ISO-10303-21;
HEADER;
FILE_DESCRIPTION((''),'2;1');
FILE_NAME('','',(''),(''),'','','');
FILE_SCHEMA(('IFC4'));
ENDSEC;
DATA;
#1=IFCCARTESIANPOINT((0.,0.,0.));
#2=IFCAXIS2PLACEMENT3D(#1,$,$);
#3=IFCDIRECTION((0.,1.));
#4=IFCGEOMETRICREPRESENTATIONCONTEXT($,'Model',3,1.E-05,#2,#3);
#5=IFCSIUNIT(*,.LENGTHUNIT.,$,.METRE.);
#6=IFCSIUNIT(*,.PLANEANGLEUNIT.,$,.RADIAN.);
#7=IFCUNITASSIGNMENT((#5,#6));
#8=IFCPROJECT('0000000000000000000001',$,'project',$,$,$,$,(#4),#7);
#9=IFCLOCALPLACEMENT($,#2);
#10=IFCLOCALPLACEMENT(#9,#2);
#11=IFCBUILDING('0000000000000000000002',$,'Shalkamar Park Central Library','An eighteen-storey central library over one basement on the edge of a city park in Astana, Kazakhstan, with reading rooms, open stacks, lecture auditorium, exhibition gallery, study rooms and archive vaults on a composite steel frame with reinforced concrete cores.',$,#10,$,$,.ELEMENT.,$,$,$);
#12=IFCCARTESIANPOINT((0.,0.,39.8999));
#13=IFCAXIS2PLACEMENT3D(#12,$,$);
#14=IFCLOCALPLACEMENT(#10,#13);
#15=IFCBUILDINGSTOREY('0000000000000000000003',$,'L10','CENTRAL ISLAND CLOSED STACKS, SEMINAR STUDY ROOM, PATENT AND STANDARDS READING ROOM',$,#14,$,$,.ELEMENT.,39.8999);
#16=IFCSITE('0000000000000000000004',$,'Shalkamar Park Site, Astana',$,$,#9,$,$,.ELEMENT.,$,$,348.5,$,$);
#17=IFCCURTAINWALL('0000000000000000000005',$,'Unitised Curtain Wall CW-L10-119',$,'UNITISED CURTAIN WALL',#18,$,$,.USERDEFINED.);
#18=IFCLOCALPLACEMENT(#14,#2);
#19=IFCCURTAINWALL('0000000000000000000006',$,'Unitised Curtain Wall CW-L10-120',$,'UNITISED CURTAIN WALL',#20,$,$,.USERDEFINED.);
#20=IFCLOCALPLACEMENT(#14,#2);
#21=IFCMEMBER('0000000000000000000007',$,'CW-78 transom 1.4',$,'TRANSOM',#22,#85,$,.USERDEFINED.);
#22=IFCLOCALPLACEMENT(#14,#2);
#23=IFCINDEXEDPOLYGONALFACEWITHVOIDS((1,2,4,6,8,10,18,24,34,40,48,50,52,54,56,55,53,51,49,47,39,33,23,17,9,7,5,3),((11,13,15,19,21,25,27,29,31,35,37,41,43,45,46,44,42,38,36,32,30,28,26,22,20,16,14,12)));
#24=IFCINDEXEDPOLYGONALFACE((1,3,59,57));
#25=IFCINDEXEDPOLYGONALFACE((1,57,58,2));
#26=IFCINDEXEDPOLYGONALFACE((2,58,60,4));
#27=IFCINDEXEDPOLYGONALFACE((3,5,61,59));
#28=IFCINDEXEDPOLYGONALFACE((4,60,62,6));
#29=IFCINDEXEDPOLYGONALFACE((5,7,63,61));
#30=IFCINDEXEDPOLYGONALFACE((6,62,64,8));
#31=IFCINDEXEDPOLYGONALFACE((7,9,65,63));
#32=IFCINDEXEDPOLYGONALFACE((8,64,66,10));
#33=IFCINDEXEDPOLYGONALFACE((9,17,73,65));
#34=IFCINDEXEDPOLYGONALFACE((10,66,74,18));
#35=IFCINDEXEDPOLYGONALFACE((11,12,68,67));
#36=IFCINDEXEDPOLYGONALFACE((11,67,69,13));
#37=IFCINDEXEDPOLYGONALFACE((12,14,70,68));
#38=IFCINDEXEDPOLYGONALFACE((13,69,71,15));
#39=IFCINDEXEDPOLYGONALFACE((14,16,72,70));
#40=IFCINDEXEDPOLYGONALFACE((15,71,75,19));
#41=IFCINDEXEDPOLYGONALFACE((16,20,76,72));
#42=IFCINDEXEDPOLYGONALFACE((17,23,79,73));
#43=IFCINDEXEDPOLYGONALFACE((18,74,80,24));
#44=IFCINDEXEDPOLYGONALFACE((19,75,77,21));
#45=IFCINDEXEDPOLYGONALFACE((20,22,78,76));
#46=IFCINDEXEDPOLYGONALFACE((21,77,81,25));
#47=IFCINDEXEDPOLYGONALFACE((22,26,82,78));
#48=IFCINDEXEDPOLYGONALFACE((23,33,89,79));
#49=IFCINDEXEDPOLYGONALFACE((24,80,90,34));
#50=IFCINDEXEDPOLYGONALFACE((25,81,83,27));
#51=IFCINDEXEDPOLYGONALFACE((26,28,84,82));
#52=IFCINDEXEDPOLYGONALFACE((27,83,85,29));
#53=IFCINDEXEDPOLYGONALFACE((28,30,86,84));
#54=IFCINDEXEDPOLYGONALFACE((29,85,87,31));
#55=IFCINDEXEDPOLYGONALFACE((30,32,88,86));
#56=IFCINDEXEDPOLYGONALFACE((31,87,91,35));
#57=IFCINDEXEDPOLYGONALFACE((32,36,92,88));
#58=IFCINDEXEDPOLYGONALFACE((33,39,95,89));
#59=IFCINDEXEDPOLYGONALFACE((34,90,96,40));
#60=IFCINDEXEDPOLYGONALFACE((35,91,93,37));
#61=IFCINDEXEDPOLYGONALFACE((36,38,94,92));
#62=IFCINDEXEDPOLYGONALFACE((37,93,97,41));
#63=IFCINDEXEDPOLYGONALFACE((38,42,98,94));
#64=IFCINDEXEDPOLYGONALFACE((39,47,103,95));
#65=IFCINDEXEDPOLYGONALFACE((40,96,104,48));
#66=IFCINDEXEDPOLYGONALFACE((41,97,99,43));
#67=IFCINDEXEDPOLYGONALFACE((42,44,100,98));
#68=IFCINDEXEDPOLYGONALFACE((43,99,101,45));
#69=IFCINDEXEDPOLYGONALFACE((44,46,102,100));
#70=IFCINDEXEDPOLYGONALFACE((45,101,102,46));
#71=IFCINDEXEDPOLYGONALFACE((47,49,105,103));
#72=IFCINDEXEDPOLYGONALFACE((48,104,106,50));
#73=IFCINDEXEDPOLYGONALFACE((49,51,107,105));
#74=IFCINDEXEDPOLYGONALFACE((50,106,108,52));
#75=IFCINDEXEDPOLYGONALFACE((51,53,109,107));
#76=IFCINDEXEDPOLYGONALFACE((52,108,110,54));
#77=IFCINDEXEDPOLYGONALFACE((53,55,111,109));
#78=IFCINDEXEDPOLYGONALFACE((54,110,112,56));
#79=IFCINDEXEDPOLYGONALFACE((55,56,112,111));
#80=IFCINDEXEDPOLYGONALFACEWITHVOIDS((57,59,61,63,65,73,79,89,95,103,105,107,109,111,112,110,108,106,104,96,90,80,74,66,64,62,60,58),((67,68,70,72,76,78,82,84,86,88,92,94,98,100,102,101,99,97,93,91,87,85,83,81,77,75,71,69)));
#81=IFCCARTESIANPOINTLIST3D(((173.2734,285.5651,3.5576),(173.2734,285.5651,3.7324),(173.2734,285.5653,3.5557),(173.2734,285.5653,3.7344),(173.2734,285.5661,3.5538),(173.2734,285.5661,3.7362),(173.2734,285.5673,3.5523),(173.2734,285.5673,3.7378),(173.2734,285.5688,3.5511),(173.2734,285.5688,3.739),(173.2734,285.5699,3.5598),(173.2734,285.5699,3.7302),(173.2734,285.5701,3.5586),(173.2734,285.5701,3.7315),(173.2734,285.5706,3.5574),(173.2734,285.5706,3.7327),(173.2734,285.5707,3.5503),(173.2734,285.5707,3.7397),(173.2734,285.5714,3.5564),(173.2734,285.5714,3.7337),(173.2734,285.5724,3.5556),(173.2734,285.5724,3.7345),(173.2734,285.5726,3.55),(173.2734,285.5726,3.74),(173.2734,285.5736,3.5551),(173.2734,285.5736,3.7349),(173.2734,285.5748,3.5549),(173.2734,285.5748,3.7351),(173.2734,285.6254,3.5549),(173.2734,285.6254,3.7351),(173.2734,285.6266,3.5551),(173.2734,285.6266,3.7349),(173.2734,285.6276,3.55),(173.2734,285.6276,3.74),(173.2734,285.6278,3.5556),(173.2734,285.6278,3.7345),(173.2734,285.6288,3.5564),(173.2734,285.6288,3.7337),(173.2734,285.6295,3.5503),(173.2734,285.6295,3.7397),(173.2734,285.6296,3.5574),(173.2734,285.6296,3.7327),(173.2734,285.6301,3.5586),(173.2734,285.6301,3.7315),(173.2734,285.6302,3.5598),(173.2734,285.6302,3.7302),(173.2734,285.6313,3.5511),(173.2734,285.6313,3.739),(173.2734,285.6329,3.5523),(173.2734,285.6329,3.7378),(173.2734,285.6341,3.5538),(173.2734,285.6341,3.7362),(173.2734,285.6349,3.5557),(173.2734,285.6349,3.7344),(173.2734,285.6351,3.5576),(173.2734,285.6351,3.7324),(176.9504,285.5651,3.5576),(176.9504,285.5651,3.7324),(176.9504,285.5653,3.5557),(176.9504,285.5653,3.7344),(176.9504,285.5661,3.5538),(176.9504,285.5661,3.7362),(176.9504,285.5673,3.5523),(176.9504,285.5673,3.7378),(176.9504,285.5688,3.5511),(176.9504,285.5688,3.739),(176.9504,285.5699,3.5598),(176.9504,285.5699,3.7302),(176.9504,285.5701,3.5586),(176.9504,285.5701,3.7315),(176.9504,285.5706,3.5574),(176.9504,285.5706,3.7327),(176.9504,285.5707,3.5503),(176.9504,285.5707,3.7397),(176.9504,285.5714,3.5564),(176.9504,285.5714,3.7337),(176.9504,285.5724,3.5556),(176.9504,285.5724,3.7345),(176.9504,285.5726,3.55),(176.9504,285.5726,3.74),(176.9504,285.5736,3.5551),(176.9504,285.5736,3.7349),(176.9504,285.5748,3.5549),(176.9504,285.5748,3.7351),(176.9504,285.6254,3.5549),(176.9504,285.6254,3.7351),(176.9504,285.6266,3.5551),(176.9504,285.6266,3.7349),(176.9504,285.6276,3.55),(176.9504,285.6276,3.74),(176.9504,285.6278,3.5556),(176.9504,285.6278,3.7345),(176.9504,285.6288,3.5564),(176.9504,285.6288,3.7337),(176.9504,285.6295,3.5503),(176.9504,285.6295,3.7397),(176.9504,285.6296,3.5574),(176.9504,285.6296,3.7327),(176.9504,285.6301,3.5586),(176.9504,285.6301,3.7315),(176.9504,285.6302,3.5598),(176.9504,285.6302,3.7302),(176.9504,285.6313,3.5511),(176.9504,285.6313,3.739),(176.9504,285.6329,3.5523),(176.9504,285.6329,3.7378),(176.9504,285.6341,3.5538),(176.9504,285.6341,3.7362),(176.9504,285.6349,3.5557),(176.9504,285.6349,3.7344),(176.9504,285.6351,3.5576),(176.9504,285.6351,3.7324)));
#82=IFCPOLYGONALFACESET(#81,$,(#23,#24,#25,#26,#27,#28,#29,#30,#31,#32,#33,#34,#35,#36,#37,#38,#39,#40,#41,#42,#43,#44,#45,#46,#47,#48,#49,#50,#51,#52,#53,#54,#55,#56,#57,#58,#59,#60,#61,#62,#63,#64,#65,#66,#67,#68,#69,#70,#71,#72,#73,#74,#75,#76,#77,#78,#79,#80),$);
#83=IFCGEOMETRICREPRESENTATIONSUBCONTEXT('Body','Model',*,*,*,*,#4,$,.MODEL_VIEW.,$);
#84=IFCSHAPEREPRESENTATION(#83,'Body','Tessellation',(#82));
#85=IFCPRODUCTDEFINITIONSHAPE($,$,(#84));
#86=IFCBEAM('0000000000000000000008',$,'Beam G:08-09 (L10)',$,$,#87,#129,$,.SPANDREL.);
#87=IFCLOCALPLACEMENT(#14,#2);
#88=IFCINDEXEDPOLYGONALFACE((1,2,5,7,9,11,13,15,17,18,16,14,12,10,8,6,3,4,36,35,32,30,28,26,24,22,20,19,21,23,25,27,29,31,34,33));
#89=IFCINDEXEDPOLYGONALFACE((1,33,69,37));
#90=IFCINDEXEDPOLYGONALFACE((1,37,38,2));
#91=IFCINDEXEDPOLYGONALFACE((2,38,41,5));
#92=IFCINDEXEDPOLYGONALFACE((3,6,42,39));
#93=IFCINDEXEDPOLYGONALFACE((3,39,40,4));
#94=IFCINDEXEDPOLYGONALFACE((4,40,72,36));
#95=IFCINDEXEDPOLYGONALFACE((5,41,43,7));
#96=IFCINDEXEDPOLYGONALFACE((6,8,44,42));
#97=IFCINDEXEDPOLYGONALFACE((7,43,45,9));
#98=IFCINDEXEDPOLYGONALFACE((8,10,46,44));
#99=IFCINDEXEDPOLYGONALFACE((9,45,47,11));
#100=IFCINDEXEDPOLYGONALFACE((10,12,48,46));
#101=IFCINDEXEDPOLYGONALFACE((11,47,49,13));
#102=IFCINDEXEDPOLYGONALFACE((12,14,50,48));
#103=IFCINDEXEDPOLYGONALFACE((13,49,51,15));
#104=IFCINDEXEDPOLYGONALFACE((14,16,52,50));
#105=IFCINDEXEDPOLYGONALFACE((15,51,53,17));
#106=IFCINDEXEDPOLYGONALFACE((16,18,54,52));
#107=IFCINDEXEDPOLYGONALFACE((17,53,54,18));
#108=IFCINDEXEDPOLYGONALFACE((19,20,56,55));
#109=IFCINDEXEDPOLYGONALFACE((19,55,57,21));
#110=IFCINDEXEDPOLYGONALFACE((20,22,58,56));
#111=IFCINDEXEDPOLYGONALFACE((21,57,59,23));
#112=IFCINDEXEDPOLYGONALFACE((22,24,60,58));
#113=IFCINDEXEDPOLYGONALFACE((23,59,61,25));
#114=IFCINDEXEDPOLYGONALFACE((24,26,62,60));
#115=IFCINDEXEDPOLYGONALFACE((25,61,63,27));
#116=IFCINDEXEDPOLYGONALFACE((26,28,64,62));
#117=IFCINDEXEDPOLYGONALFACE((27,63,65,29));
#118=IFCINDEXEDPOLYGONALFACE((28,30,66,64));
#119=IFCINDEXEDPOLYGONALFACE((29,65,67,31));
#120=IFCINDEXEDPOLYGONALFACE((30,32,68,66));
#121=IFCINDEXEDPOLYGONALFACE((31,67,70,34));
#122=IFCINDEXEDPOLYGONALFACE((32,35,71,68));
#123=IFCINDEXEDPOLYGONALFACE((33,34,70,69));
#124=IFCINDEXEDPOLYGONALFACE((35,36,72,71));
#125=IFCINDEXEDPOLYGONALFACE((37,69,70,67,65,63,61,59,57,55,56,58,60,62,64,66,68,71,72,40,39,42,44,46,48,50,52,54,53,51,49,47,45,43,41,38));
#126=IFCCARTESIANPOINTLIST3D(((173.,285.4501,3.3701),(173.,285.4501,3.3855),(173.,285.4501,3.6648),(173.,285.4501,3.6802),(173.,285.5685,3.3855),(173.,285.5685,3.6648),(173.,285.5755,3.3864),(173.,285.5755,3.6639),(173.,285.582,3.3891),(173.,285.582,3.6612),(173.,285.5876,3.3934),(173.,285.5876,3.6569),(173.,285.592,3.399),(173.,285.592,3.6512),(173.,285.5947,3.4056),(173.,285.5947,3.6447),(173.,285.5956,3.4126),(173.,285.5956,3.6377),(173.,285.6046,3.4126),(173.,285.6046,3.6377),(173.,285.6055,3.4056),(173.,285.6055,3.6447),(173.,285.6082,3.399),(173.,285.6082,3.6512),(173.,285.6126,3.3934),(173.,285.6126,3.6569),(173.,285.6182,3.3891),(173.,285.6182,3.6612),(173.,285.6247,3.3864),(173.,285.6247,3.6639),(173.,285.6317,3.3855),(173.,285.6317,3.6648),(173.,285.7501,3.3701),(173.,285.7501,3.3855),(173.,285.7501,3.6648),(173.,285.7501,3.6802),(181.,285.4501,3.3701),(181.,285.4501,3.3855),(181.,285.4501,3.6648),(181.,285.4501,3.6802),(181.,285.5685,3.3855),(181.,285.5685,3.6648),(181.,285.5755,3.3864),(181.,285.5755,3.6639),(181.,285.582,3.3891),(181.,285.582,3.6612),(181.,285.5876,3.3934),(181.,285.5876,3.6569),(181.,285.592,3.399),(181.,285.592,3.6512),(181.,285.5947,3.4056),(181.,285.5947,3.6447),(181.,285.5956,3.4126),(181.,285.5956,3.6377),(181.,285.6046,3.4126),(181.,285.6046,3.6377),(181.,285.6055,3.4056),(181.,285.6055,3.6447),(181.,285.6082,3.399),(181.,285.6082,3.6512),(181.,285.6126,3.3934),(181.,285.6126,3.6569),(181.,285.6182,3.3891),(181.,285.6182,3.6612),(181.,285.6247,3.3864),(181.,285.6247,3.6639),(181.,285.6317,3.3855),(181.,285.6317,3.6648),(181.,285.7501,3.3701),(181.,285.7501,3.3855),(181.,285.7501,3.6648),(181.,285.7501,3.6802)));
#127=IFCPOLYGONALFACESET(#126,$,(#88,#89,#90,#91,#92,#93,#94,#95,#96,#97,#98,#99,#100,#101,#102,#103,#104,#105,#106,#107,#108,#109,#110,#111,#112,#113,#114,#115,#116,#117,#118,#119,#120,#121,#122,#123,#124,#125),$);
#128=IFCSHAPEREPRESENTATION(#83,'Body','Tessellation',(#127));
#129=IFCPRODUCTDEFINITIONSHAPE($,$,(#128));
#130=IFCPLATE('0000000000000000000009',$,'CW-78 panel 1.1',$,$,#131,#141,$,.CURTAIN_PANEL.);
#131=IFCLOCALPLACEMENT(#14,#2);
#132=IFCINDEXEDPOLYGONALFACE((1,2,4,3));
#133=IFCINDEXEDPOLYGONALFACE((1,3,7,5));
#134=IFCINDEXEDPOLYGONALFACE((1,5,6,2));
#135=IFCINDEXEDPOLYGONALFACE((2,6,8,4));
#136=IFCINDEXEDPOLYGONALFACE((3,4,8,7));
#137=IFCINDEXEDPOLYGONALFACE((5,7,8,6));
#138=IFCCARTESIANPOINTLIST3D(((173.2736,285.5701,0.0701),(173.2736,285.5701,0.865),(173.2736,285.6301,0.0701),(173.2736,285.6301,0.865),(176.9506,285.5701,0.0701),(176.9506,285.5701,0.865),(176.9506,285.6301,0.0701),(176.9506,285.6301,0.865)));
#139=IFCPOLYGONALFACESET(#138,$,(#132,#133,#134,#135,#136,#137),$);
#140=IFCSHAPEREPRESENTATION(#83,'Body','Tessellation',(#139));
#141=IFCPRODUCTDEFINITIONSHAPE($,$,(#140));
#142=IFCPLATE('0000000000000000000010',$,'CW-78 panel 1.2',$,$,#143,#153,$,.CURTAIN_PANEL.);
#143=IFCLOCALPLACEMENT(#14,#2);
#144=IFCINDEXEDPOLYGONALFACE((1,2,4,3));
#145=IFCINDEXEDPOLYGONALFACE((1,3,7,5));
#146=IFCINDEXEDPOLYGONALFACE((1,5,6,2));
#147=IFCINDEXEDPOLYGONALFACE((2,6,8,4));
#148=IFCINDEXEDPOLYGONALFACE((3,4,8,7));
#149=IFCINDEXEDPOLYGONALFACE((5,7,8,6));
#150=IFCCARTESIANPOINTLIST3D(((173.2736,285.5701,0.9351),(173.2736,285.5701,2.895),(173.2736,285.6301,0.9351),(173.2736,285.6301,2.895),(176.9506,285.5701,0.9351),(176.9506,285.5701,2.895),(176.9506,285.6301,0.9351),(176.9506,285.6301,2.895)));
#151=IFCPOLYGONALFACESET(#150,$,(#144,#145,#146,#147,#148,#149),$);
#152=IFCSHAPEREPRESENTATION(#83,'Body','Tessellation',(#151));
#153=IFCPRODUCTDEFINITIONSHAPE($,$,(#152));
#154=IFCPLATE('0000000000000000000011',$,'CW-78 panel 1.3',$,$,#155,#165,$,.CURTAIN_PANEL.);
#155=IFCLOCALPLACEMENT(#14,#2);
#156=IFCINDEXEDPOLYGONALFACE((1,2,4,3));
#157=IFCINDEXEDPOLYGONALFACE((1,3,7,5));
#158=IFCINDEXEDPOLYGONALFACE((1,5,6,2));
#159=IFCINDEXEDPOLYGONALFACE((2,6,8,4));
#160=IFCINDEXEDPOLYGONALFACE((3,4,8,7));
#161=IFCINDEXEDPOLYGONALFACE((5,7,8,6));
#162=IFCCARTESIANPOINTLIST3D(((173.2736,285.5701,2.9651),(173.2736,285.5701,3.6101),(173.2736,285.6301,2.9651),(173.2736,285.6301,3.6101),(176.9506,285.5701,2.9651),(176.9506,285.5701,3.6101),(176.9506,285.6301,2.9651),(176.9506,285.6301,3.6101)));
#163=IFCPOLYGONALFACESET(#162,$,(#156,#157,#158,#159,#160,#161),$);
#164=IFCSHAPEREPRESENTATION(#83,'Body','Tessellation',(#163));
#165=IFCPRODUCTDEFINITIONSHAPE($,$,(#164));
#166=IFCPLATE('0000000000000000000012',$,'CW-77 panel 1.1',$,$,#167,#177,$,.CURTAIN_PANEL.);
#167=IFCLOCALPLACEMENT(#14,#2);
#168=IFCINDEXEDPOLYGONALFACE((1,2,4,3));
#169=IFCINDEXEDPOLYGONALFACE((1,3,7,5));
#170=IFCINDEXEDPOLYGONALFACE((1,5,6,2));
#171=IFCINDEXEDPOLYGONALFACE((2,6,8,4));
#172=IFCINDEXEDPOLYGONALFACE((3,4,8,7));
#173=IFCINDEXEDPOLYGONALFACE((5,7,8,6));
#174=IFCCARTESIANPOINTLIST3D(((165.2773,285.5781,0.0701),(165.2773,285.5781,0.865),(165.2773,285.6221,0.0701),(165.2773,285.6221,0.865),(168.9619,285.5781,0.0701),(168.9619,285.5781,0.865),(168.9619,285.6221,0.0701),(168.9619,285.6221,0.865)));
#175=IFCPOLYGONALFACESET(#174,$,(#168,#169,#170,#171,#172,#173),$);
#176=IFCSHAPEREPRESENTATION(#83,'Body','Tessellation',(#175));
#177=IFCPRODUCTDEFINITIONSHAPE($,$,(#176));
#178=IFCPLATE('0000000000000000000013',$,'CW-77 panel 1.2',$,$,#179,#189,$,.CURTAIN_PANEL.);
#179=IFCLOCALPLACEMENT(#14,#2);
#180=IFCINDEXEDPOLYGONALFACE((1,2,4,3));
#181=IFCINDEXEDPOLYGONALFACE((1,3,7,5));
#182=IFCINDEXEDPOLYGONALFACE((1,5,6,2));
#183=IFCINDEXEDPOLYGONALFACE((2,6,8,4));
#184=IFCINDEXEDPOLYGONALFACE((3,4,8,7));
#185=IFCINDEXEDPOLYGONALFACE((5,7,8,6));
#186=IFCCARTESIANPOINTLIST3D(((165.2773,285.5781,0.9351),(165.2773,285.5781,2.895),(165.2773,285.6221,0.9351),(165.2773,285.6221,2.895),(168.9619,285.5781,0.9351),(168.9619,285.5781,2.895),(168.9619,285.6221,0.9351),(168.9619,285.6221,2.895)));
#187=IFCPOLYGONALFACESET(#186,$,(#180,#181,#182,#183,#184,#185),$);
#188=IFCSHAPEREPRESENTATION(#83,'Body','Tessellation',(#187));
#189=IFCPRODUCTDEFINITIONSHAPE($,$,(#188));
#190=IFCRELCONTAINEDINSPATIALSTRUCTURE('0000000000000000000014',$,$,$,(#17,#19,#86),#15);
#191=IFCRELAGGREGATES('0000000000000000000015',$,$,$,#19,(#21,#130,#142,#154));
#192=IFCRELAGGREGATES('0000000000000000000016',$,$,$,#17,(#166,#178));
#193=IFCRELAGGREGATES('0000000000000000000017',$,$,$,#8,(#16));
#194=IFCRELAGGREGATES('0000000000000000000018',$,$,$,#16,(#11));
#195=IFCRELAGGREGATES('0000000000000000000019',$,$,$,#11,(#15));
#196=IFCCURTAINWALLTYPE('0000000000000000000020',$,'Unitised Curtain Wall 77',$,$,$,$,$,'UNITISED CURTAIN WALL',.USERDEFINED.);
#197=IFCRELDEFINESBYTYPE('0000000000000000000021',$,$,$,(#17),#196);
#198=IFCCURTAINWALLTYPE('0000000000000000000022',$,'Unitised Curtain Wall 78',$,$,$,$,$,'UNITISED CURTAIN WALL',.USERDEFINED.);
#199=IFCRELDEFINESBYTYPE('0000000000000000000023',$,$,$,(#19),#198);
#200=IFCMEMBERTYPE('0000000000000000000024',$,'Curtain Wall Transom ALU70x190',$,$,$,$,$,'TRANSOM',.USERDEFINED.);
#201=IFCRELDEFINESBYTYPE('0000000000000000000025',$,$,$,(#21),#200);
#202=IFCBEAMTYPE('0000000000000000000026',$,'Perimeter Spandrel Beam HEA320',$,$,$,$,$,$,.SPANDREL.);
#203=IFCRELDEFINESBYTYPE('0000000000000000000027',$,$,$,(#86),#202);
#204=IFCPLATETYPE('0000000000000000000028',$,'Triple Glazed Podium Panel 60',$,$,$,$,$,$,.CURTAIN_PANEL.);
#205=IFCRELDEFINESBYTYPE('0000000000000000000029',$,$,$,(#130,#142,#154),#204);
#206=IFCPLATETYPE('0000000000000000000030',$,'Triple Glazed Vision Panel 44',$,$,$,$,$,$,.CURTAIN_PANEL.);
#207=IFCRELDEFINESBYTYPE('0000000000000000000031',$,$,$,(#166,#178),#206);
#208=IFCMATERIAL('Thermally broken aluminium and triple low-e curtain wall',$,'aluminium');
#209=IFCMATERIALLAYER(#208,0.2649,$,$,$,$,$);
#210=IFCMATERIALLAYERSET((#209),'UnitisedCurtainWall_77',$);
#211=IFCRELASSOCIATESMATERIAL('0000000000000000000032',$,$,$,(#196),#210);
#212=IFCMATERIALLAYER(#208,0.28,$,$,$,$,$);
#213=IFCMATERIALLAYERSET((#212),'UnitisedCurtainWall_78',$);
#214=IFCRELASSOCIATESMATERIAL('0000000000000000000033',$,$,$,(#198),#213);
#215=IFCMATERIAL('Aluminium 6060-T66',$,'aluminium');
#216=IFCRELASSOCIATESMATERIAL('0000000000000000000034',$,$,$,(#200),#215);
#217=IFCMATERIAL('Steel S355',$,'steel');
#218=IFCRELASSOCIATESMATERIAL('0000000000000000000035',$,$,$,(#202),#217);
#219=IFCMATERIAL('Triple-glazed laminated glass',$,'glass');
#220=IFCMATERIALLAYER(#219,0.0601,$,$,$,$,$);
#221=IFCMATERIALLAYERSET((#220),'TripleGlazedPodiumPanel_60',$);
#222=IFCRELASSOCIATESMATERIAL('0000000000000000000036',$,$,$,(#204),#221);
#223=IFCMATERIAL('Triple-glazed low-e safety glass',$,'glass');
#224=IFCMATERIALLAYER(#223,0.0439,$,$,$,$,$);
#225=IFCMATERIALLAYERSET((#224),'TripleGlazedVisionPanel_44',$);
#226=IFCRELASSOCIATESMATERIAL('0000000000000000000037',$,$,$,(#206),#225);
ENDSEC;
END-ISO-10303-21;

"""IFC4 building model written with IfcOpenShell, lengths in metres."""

from ifc_helpers import new_model, si_unit, direction, frame, origin, origin_2d, place, context, subcontext, project, spatial, rectangle, hollow_rectangle, i_section, extrude, material, layer, layer_set, material_profile, profile_set, type_object, element, aggregate, save


model = new_model("IFC4")

# Units and contexts
model_context = context("Model", 3, precision=1e-05, world=origin(), true_north=direction((0.0, 1.0)))
body_context = subcontext(model_context, "Body", "Model", "MODEL_VIEW")
ifc_project = project(units=[si_unit("LENGTHUNIT", "METRE"), si_unit("PLANEANGLEUNIT", "RADIAN")], contexts=[model_context])

# Site, building, storey
site_placement = place(None, origin())
site = spatial("IfcSite", under=ifc_project, at=site_placement, Name="Shalkamar Park Site, Astana", CompositionType="ELEMENT", RefElevation=348.5)
building_placement = place(site_placement, origin())
building = spatial("IfcBuilding", under=site, at=building_placement, Name="Shalkamar Park Central Library", Description="An eighteen-storey central library over one basement on the edge of a city park in Astana, Kazakhstan, with reading rooms, open stacks, lecture auditorium, exhibition gallery, study rooms and archive vaults on a composite steel frame with reinforced concrete cores.", CompositionType="ELEMENT")
storey_placement = place(building_placement, frame((0.0, 0.0, 39.8999)))
storey = spatial("IfcBuildingStorey", under=building, at=storey_placement, Name="L10", Description="CENTRAL ISLAND CLOSED STACKS, SEMINAR STUDY ROOM, PATENT AND STANDARDS READING ROOM", CompositionType="ELEMENT", Elevation=39.8999)

# Shared definitions
ifc_material_1 = material(Name="Steel S355", Category="steel")

# Curtain walls
ifc_material_2 = material(Name="Thermally broken aluminium and triple low-e curtain wall", Category="aluminium")
ifc_layer_1 = layer(ifc_material_2, 0.2649)
ifc_layer_set_1 = layer_set([ifc_layer_1], Name="UnitisedCurtainWall_77")
curtain_wall_type_1 = type_object("IfcCurtainWallType", Name="Unitised Curtain Wall 77", ElementType="UNITISED CURTAIN WALL", PredefinedType="USERDEFINED", material=ifc_layer_set_1)
curtain_wall_1_placement = place(storey_placement, origin())
curtain_wall_1 = element("IfcCurtainWall", 1, at=curtain_wall_1_placement, inside=storey, type_object=curtain_wall_type_1, Name="Unitised Curtain Wall CW-L10-119", ObjectType="UNITISED CURTAIN WALL", PredefinedType="USERDEFINED")
ifc_material_3 = material(Name="Aluminium 6060-T66", Category="aluminium")
ifc_layer_2 = layer(ifc_material_2, 0.28)
ifc_layer_set_2 = layer_set([ifc_layer_2], Name="UnitisedCurtainWall_78")
curtain_wall_type_2 = type_object("IfcCurtainWallType", Name="Unitised Curtain Wall 78", ElementType="UNITISED CURTAIN WALL", PredefinedType="USERDEFINED", material=ifc_layer_set_2)
curtain_wall_2_placement = place(storey_placement, origin())
curtain_wall_2 = element("IfcCurtainWall", 2, at=curtain_wall_2_placement, inside=storey, type_object=curtain_wall_type_2, Name="Unitised Curtain Wall CW-L10-120", ObjectType="UNITISED CURTAIN WALL", PredefinedType="USERDEFINED")

# Member
ifc_material_profile_1 = material_profile(ifc_material_3, hollow_rectangle(XDim=0.0701, YDim=0.1899, WallThickness=0.0049, InnerFilletRadius=0.0049, OuterFilletRadius=0.0076, at=origin_2d()), Name="ALU 70x190x5")
ifc_profile_set_1 = profile_set([ifc_material_profile_1], Name="Aluminium 6060-T66")
member_type_1 = type_object("IfcMemberType", Name="Curtain Wall Transom ALU70x190", ElementType="TRANSOM", PredefinedType="USERDEFINED", material=ifc_profile_set_1)
member_1_placement = place(storey_placement, frame((173.2734, 285.6001, 3.645), z_axis=(1.0, 0.0, 0.0), x_axis=(0.0, 1.0, 0.0)))
member_1 = element("IfcMember", 3, at=member_1_placement, type_object=member_type_1, Name="CW-78 transom 1.4", ObjectType="TRANSOM", PredefinedType="USERDEFINED", context=body_context, shape_type="SweptSolid", body=[
    extrude(hollow_rectangle(XDim=0.0701, YDim=0.1899, WallThickness=0.0049, InnerFilletRadius=0.0049, OuterFilletRadius=0.0076, at=origin_2d()), origin(), (0.0, 0.0, 1.0), 3.677),
])

# Beam
ifc_material_profile_2 = material_profile(ifc_material_1, i_section(OverallWidth=0.3, OverallDepth=0.3101, WebThickness=0.009, FlangeThickness=0.0154, FilletRadius=0.0271, at=origin_2d()), Name="HEA 320")
ifc_profile_set_2 = profile_set([ifc_material_profile_2], Name="Steel S355")
beam_type = type_object("IfcBeamType", Name="Perimeter Spandrel Beam HEA320", PredefinedType="SPANDREL", material=ifc_profile_set_2)
beam_placement = place(storey_placement, frame((173.0, 285.6001, 3.5251), z_axis=(1.0, 0.0, 0.0), x_axis=(0.0, 1.0, 0.0)))
element("IfcBeam", 4, at=beam_placement, inside=storey, type_object=beam_type, Name="Beam G:08-09 (L10)", PredefinedType="SPANDREL", context=body_context, shape_type="SweptSolid", body=[
    extrude(i_section(OverallWidth=0.3, OverallDepth=0.3101, WebThickness=0.009, FlangeThickness=0.0154, FilletRadius=0.0271, at=origin_2d()), origin(), (0.0, 0.0, 1.0), 8.0),
])

# Plates
ifc_material_4 = material(Name="Triple-glazed laminated glass", Category="glass")
ifc_layer_3 = layer(ifc_material_4, 0.0601)
ifc_layer_set_3 = layer_set([ifc_layer_3], Name="TripleGlazedPodiumPanel_60")
plate_type_1 = type_object("IfcPlateType", Name="Triple Glazed Podium Panel 60", PredefinedType="CURTAIN_PANEL", material=ifc_layer_set_3)
plate_1_placement = place(storey_placement, frame((175.1121, 285.6001, 0.0701), z_axis=(0.0, 0.0, 1.0), x_axis=(1.0, 0.0, 0.0)))
plate_1 = element("IfcPlate", 5, at=plate_1_placement, type_object=plate_type_1, Name="CW-78 panel 1.1", PredefinedType="CURTAIN_PANEL", context=body_context, shape_type="SweptSolid", body=[
    extrude(rectangle(XDim=3.677, YDim=0.0601, at=origin_2d()), origin(), (0.0, 0.0, 1.0), 0.7949),
])
plate_2_placement = place(storey_placement, frame((175.1121, 285.6001, 0.9351), z_axis=(0.0, 0.0, 1.0), x_axis=(1.0, 0.0, 0.0)))
plate_2 = element("IfcPlate", 6, at=plate_2_placement, type_object=plate_type_1, Name="CW-78 panel 1.2", PredefinedType="CURTAIN_PANEL", context=body_context, shape_type="SweptSolid", body=[
    extrude(rectangle(XDim=3.677, YDim=0.0601, at=origin_2d()), origin(), (0.0, 0.0, 1.0), 1.96),
])
plate_3_placement = place(storey_placement, frame((175.1121, 285.6001, 2.9651), z_axis=(0.0, 0.0, 1.0), x_axis=(1.0, 0.0, 0.0)))
plate_3 = element("IfcPlate", 7, at=plate_3_placement, type_object=plate_type_1, Name="CW-78 panel 1.3", PredefinedType="CURTAIN_PANEL", context=body_context, shape_type="SweptSolid", body=[
    extrude(rectangle(XDim=3.677, YDim=0.0601, at=origin_2d()), origin(), (0.0, 0.0, 1.0), 0.645),
])
aggregate(curtain_wall_2, [member_1, plate_1, plate_2, plate_3])
ifc_material_5 = material(Name="Triple-glazed low-e safety glass", Category="glass")
ifc_layer_4 = layer(ifc_material_5, 0.0439)
ifc_layer_set_4 = layer_set([ifc_layer_4], Name="TripleGlazedVisionPanel_44")
plate_type_2 = type_object("IfcPlateType", Name="Triple Glazed Vision Panel 44", PredefinedType="CURTAIN_PANEL", material=ifc_layer_set_4)
plate_4_placement = place(storey_placement, frame((167.1196, 285.6001, 0.0701), z_axis=(0.0, 0.0, 1.0), x_axis=(1.0, 0.0, 0.0)))
plate_4 = element("IfcPlate", 8, at=plate_4_placement, type_object=plate_type_2, Name="CW-77 panel 1.1", PredefinedType="CURTAIN_PANEL", context=body_context, shape_type="SweptSolid", body=[
    extrude(rectangle(XDim=3.6846, YDim=0.0439, at=origin_2d()), origin(), (0.0, 0.0, 1.0), 0.7949),
])
plate_5_placement = place(storey_placement, frame((167.1196, 285.6001, 0.9351), z_axis=(0.0, 0.0, 1.0), x_axis=(1.0, 0.0, 0.0)))
plate_5 = element("IfcPlate", 9, at=plate_5_placement, type_object=plate_type_2, Name="CW-77 panel 1.2", PredefinedType="CURTAIN_PANEL", context=body_context, shape_type="SweptSolid", body=[
    extrude(rectangle(XDim=3.6846, YDim=0.0439, at=origin_2d()), origin(), (0.0, 0.0, 1.0), 1.96),
])
aggregate(curtain_wall_1, [plate_4, plate_5])

save(model, "model.ifc")
